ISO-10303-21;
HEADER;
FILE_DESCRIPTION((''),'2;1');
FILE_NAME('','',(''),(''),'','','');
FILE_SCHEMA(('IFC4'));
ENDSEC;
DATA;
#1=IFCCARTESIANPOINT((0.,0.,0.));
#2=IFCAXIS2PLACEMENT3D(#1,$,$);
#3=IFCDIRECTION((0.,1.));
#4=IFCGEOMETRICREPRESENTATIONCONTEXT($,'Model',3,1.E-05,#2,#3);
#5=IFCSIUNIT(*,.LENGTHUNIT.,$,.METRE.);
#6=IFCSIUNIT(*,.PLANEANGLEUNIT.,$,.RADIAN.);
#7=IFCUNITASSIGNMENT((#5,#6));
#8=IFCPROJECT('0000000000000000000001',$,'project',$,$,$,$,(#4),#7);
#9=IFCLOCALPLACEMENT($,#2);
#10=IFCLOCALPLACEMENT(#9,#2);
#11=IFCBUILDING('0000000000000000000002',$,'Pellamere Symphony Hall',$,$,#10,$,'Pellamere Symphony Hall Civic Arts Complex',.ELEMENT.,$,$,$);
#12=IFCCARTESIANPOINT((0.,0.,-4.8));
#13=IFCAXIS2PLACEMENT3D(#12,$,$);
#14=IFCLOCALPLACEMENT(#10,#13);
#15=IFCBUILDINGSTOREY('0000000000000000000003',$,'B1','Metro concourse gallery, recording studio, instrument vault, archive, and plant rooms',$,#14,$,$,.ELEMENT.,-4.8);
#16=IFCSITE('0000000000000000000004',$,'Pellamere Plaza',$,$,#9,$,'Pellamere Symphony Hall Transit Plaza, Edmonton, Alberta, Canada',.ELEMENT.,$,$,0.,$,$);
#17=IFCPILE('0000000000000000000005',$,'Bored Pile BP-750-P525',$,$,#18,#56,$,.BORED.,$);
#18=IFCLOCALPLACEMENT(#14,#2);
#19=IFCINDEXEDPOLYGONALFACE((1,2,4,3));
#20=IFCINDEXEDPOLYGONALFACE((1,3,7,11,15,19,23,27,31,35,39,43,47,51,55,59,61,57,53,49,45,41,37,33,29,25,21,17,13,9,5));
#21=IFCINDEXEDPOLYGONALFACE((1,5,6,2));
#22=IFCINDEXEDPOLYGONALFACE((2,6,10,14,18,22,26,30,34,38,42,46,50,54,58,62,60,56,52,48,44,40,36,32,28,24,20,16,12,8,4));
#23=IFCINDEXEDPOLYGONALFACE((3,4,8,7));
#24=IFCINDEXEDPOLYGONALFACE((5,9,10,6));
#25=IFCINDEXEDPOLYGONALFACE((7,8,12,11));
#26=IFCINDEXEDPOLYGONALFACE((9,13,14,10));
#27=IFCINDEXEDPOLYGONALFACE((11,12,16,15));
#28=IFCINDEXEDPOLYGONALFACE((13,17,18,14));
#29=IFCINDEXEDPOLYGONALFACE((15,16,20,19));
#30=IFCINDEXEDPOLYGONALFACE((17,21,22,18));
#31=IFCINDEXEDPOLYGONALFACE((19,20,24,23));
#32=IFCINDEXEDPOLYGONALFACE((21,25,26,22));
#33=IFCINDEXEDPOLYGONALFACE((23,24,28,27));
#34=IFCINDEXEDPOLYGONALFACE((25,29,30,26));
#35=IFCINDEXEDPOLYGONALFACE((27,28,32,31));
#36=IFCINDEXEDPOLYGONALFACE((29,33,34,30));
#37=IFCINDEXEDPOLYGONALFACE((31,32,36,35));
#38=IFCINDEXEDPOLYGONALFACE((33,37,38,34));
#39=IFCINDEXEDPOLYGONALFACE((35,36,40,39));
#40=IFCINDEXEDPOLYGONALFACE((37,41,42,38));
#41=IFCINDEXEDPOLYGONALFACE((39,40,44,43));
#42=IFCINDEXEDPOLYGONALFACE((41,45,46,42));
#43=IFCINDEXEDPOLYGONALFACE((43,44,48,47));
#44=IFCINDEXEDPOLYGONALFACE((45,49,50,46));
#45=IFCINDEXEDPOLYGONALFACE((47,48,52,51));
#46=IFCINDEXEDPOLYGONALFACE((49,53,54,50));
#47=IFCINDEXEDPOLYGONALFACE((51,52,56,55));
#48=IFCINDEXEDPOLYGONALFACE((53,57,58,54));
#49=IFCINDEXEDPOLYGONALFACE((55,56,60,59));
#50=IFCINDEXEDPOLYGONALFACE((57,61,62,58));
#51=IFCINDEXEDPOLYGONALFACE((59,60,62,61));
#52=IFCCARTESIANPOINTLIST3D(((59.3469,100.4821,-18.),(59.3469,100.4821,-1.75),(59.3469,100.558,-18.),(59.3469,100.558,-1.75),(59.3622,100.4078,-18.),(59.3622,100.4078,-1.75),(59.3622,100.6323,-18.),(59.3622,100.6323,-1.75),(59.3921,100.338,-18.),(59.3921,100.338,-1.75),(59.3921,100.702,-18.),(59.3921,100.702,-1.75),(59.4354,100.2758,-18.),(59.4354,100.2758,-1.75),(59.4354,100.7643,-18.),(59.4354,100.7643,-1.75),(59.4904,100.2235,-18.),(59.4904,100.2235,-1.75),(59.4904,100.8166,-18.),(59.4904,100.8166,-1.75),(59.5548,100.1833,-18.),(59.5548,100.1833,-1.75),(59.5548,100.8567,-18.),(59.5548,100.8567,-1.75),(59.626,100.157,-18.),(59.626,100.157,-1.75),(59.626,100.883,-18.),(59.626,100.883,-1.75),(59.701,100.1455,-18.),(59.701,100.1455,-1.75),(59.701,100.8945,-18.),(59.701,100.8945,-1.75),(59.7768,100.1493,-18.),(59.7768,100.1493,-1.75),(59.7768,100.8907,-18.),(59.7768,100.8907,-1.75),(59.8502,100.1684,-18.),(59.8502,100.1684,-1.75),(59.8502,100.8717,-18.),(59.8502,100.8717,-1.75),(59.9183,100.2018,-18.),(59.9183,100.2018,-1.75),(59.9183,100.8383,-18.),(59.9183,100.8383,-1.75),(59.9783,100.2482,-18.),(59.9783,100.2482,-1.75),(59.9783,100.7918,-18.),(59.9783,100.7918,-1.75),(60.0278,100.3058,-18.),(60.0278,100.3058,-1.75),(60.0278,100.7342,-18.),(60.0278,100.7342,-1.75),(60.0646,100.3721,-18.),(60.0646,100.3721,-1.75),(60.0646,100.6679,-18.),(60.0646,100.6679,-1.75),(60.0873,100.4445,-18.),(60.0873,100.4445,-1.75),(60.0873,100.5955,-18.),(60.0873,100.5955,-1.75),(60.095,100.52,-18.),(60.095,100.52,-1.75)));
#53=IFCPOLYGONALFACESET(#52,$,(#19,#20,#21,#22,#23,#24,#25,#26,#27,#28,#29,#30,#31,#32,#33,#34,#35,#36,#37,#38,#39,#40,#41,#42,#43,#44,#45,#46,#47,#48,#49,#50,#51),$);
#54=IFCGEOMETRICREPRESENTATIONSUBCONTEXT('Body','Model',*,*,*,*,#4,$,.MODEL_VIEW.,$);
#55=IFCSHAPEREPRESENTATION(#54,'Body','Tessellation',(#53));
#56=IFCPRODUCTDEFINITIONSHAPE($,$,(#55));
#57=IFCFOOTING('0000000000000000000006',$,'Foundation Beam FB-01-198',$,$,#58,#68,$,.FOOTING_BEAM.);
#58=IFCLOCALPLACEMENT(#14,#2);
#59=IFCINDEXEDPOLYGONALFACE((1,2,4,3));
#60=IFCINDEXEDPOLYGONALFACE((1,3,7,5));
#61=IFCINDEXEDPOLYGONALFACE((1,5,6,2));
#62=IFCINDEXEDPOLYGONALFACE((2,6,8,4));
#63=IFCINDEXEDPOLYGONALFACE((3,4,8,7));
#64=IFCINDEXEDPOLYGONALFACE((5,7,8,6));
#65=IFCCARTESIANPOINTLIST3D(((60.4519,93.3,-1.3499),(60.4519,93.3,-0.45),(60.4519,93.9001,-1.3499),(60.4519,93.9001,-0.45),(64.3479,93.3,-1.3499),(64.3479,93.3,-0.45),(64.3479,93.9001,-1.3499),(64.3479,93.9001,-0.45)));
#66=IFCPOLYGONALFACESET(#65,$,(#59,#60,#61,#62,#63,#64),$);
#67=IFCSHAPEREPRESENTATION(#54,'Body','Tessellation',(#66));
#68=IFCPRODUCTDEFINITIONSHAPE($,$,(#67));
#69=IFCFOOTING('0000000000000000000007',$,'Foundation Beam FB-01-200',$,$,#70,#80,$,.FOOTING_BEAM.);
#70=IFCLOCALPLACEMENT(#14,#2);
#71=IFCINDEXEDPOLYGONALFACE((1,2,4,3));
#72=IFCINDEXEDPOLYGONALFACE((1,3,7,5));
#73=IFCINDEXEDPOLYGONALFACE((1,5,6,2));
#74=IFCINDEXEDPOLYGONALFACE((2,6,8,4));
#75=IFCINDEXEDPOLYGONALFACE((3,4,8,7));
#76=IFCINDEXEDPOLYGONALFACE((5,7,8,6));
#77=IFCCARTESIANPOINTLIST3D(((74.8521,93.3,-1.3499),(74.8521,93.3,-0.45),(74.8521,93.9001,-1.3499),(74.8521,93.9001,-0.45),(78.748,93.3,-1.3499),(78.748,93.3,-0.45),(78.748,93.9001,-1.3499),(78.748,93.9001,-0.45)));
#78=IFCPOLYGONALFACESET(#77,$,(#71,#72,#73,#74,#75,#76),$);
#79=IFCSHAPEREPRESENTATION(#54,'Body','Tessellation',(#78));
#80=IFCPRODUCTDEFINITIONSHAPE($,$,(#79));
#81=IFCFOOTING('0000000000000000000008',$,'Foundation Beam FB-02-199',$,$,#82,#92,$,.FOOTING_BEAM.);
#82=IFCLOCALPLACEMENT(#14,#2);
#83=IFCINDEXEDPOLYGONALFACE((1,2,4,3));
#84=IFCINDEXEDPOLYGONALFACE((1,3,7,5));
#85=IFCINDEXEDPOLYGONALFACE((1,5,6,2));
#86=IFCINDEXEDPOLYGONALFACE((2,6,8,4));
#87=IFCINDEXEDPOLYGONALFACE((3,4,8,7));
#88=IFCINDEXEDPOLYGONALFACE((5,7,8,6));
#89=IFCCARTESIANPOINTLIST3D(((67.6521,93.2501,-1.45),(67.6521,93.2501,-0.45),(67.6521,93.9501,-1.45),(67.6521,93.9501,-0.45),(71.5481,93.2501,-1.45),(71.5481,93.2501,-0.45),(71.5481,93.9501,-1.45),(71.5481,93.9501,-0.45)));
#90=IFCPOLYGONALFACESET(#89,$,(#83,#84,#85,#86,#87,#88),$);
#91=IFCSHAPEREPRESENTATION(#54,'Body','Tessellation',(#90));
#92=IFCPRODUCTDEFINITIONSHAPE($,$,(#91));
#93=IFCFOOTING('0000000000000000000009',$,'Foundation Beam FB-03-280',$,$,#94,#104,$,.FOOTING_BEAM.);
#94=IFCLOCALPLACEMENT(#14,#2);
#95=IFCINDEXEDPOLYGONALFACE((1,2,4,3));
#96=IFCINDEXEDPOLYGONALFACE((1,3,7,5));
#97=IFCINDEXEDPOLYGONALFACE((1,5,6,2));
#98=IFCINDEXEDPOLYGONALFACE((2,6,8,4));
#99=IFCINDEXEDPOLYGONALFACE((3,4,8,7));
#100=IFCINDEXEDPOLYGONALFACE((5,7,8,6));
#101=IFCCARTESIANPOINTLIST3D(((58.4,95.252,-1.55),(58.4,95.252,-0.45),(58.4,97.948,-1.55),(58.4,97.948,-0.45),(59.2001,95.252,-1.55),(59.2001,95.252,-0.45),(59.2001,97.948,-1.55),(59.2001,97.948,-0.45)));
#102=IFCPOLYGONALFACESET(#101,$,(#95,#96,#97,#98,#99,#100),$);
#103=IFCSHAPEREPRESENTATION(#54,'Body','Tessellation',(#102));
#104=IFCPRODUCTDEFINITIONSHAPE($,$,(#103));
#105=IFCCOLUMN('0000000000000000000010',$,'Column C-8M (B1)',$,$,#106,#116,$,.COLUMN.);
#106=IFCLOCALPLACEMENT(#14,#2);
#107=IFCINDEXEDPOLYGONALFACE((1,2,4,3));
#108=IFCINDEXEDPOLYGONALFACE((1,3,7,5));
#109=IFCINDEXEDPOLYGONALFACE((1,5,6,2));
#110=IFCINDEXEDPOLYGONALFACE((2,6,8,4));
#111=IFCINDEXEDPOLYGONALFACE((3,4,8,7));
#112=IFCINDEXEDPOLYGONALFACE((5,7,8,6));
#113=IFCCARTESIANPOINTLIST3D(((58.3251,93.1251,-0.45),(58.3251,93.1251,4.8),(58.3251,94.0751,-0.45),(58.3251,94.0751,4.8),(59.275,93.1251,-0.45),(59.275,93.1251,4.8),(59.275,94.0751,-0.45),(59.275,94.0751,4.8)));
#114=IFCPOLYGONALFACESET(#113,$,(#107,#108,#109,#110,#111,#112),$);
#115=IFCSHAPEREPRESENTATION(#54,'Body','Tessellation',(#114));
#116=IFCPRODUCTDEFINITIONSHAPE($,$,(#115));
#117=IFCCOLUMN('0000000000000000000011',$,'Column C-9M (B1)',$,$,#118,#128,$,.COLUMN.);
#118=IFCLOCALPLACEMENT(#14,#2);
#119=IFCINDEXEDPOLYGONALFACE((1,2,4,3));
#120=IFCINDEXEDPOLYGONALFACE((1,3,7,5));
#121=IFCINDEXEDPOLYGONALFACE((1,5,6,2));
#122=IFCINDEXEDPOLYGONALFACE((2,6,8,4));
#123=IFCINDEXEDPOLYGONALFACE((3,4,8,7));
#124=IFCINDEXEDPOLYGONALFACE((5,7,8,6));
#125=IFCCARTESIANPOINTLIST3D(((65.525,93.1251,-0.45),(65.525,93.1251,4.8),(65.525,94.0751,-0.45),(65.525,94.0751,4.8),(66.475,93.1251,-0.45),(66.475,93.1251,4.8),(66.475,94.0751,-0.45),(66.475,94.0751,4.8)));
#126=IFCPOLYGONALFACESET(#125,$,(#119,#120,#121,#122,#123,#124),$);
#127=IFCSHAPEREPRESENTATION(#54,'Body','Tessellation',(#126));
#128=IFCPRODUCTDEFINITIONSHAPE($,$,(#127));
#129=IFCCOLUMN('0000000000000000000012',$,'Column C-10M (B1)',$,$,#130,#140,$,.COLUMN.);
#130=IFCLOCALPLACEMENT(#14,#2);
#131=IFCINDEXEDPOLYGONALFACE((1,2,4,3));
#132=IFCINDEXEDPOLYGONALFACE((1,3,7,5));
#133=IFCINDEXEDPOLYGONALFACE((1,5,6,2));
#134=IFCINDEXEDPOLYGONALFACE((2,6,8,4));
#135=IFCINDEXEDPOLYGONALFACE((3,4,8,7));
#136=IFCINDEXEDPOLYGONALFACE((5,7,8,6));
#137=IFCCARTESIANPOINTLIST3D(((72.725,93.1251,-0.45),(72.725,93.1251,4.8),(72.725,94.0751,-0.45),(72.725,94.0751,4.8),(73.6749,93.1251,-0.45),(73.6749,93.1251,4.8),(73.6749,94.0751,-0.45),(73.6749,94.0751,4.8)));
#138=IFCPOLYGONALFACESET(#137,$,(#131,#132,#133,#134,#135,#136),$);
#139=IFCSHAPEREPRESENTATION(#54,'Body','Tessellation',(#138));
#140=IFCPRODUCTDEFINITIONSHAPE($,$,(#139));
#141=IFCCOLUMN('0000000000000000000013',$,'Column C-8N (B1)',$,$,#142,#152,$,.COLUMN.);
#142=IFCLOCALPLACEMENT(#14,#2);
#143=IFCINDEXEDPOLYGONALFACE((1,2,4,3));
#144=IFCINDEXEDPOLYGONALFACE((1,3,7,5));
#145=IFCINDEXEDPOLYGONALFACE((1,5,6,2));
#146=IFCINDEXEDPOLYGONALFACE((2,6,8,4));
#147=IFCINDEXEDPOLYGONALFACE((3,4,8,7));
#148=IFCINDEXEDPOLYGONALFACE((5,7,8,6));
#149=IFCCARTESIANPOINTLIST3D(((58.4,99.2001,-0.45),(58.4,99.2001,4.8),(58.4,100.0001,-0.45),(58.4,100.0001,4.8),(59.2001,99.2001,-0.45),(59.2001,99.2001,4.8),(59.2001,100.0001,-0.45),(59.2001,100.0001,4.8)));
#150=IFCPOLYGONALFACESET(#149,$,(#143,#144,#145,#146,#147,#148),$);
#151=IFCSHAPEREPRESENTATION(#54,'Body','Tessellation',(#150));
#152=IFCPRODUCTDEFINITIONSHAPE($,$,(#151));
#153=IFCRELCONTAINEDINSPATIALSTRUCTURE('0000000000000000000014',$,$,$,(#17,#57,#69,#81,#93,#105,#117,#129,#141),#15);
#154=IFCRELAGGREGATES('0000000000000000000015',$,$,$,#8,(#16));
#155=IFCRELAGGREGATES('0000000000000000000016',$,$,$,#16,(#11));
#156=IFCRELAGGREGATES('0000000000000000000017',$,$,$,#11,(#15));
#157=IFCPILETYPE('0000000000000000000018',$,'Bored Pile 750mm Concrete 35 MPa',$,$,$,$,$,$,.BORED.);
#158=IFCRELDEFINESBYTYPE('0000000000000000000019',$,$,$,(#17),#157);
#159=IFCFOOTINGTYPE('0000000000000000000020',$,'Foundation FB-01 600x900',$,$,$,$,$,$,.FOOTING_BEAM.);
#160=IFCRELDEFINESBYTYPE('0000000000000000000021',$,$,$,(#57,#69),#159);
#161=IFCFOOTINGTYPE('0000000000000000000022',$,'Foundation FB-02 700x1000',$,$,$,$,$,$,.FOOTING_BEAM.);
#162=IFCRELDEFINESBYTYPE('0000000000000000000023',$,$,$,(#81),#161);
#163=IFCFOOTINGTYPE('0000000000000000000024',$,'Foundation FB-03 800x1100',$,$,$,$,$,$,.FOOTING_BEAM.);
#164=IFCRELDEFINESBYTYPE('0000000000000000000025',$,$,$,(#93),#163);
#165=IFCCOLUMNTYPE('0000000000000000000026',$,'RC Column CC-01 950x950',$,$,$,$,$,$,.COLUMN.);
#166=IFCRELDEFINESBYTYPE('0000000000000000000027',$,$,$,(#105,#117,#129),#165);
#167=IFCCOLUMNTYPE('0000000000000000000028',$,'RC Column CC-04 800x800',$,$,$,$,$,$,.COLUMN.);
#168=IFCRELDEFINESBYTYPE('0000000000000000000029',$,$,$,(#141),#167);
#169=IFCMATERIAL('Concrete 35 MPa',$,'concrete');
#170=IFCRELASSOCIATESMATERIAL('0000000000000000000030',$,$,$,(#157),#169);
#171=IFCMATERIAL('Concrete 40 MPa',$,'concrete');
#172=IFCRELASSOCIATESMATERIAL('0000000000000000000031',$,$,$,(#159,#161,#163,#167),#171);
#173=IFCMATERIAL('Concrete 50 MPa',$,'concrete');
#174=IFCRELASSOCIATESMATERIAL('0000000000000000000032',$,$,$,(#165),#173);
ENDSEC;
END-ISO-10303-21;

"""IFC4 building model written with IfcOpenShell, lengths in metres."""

from ifc_helpers import new_model, si_unit, direction, frame, origin, origin_2d, place, context, subcontext, project, spatial, rectangle, circle, extrude, material, material_profile, profile_set, type_object, element, save


model = new_model("IFC4")

# Units and contexts
model_context = context("Model", 3, precision=1e-05, world=origin(), true_north=direction((0.0, 1.0)))
body_context = subcontext(model_context, "Body", "Model", "MODEL_VIEW")
ifc_project = project(units=[si_unit("LENGTHUNIT", "METRE"), si_unit("PLANEANGLEUNIT", "RADIAN")], contexts=[model_context])

# Site, building, storey
site_placement = place(None, origin())
site = spatial("IfcSite", under=ifc_project, at=site_placement, Name="Pellamere Plaza", LongName="Pellamere Symphony Hall Transit Plaza, Edmonton, Alberta, Canada", CompositionType="ELEMENT", RefElevation=0.0)
building_placement = place(site_placement, origin())
building = spatial("IfcBuilding", under=site, at=building_placement, Name="Pellamere Symphony Hall", LongName="Pellamere Symphony Hall Civic Arts Complex", CompositionType="ELEMENT")
storey_placement = place(building_placement, frame((0.0, 0.0, -4.8)))
storey = spatial("IfcBuildingStorey", under=building, at=storey_placement, Name="B1", Description="Metro concourse gallery, recording studio, instrument vault, archive, and plant rooms", CompositionType="ELEMENT", Elevation=-4.8)

# Pile
ifc_material_1 = material(Name="Concrete 35 MPa", Category="concrete")
ifc_material_profile_1 = material_profile(ifc_material_1, circle(Radius=0.375, at=origin_2d()), Name="PILE D750")
ifc_profile_set_1 = profile_set([ifc_material_profile_1], Name="Concrete 35 MPa")
pile_type = type_object("IfcPileType", Name="Bored Pile 750mm Concrete 35 MPa", PredefinedType="BORED", material=ifc_profile_set_1)
pile_1_placement = place(storey_placement, frame((59.72, 100.52, -1.75), z_axis=(0.0, 0.0, -1.0), x_axis=(1.0, 0.0, 0.0)))
element("IfcPile", 1, at=pile_1_placement, inside=storey, type_object=pile_type, Name="Bored Pile BP-750-P525", PredefinedType="BORED", context=body_context, shape_type="SweptSolid", body=[
    extrude(circle(Radius=0.375, at=origin_2d()), origin(), (0.0, 0.0, 1.0), 16.25),
])

# Footings
ifc_material_2 = material(Name="Concrete 40 MPa", Category="concrete")
ifc_material_profile_2 = material_profile(ifc_material_2, rectangle(XDim=0.6001, YDim=0.8999, at=origin_2d()), Name="RC 600x900")
ifc_profile_set_2 = profile_set([ifc_material_profile_2], Name="Concrete 40 MPa")
footing_type_1 = type_object("IfcFootingType", Name="Foundation FB-01 600x900", PredefinedType="FOOTING_BEAM", material=ifc_profile_set_2)
for number, where, z_axis, x_axis, name in (
    (2, (60.4519, 93.6001, -0.8999), (1.0, 0.0, 0.0), (0.0, 1.0, 0.0), "Foundation Beam FB-01-198"),
    (3, (74.8521, 93.6001, -0.8999), (1.0, 0.0, 0.0), (0.0, 1.0, 0.0), "Foundation Beam FB-01-200"),
):
    element("IfcFooting", number, at=place(storey_placement, frame(where, z_axis=z_axis, x_axis=x_axis)), inside=storey, type_object=footing_type_1, Name=name, PredefinedType="FOOTING_BEAM", context=body_context, shape_type="SweptSolid", body=[
        extrude(rectangle(XDim=0.6001, YDim=0.8999, at=origin_2d()), origin(), (0.0, 0.0, 1.0), 3.896),
    ])
ifc_material_profile_3 = material_profile(ifc_material_2, rectangle(XDim=0.7, YDim=1.0, at=origin_2d()), Name="RC 700x1000")
ifc_profile_set_3 = profile_set([ifc_material_profile_3], Name="Concrete 40 MPa")
footing_type_2 = type_object("IfcFootingType", Name="Foundation FB-02 700x1000", PredefinedType="FOOTING_BEAM", material=ifc_profile_set_3)
footing_1_placement = place(storey_placement, frame((67.6521, 93.6001, -0.95), z_axis=(1.0, 0.0, 0.0), x_axis=(0.0, 1.0, 0.0)))
element("IfcFooting", 4, at=footing_1_placement, inside=storey, type_object=footing_type_2, Name="Foundation Beam FB-02-199", PredefinedType="FOOTING_BEAM", context=body_context, shape_type="SweptSolid", body=[
    extrude(rectangle(XDim=0.7, YDim=1.0, at=origin_2d()), origin(), (0.0, 0.0, 1.0), 3.896),
])
ifc_material_profile_4 = material_profile(ifc_material_2, rectangle(XDim=0.8, YDim=1.1001, at=origin_2d()), Name="RC 800x1100")
ifc_profile_set_4 = profile_set([ifc_material_profile_4], Name="Concrete 40 MPa")
footing_type_3 = type_object("IfcFootingType", Name="Foundation FB-03 800x1100", PredefinedType="FOOTING_BEAM", material=ifc_profile_set_4)
footing_2_placement = place(storey_placement, frame((58.8, 95.252, -1.0), z_axis=(0.0, 1.0, 0.0), x_axis=(-1.0, 0.0, 0.0)))
element("IfcFooting", 5, at=footing_2_placement, inside=storey, type_object=footing_type_3, Name="Foundation Beam FB-03-280", PredefinedType="FOOTING_BEAM", context=body_context, shape_type="SweptSolid", body=[
    extrude(rectangle(XDim=0.8, YDim=1.1001, at=origin_2d()), origin(), (0.0, 0.0, 1.0), 2.696),
])

# Columns
ifc_material_3 = material(Name="Concrete 50 MPa", Category="concrete")
ifc_material_profile_5 = material_profile(ifc_material_3, rectangle(XDim=0.95, YDim=0.95, at=origin_2d()), Name="RC 950x950")
ifc_profile_set_5 = profile_set([ifc_material_profile_5], Name="Concrete 50 MPa")
column_type_1 = type_object("IfcColumnType", Name="RC Column CC-01 950x950", PredefinedType="COLUMN", material=ifc_profile_set_5)
for number, where, z_axis, x_axis, name in (
    (6, (58.8, 93.6001, -0.45), (0.0, 0.0, 1.0), (1.0, 0.0, 0.0), "Column C-8M (B1)"),
    (7, (66.0, 93.6001, -0.45), (0.0, 0.0, 1.0), (1.0, 0.0, 0.0), "Column C-9M (B1)"),
    (8, (73.2, 93.6001, -0.45), (0.0, 0.0, 1.0), (1.0, 0.0, 0.0), "Column C-10M (B1)"),
):
    element("IfcColumn", number, at=place(storey_placement, frame(where, z_axis=z_axis, x_axis=x_axis)), inside=storey, type_object=column_type_1, Name=name, PredefinedType="COLUMN", context=body_context, shape_type="SweptSolid", body=[
        extrude(rectangle(XDim=0.95, YDim=0.95, at=origin_2d()), origin(), (0.0, 0.0, 1.0), 5.25),
    ])
ifc_material_profile_6 = material_profile(ifc_material_2, rectangle(XDim=0.8, YDim=0.8, at=origin_2d()), Name="RC 800x800")
ifc_profile_set_6 = profile_set([ifc_material_profile_6], Name="Concrete 40 MPa")
column_type_2 = type_object("IfcColumnType", Name="RC Column CC-04 800x800", PredefinedType="COLUMN", material=ifc_profile_set_6)
column_placement = place(storey_placement, frame((58.8, 99.6001, -0.45), z_axis=(0.0, 0.0, 1.0), x_axis=(1.0, 0.0, 0.0)))
element("IfcColumn", 9, at=column_placement, inside=storey, type_object=column_type_2, Name="Column C-8N (B1)", PredefinedType="COLUMN", context=body_context, shape_type="SweptSolid", body=[
    extrude(rectangle(XDim=0.8, YDim=0.8, at=origin_2d()), origin(), (0.0, 0.0, 1.0), 5.25),
])

save(model, "model.ifc")
